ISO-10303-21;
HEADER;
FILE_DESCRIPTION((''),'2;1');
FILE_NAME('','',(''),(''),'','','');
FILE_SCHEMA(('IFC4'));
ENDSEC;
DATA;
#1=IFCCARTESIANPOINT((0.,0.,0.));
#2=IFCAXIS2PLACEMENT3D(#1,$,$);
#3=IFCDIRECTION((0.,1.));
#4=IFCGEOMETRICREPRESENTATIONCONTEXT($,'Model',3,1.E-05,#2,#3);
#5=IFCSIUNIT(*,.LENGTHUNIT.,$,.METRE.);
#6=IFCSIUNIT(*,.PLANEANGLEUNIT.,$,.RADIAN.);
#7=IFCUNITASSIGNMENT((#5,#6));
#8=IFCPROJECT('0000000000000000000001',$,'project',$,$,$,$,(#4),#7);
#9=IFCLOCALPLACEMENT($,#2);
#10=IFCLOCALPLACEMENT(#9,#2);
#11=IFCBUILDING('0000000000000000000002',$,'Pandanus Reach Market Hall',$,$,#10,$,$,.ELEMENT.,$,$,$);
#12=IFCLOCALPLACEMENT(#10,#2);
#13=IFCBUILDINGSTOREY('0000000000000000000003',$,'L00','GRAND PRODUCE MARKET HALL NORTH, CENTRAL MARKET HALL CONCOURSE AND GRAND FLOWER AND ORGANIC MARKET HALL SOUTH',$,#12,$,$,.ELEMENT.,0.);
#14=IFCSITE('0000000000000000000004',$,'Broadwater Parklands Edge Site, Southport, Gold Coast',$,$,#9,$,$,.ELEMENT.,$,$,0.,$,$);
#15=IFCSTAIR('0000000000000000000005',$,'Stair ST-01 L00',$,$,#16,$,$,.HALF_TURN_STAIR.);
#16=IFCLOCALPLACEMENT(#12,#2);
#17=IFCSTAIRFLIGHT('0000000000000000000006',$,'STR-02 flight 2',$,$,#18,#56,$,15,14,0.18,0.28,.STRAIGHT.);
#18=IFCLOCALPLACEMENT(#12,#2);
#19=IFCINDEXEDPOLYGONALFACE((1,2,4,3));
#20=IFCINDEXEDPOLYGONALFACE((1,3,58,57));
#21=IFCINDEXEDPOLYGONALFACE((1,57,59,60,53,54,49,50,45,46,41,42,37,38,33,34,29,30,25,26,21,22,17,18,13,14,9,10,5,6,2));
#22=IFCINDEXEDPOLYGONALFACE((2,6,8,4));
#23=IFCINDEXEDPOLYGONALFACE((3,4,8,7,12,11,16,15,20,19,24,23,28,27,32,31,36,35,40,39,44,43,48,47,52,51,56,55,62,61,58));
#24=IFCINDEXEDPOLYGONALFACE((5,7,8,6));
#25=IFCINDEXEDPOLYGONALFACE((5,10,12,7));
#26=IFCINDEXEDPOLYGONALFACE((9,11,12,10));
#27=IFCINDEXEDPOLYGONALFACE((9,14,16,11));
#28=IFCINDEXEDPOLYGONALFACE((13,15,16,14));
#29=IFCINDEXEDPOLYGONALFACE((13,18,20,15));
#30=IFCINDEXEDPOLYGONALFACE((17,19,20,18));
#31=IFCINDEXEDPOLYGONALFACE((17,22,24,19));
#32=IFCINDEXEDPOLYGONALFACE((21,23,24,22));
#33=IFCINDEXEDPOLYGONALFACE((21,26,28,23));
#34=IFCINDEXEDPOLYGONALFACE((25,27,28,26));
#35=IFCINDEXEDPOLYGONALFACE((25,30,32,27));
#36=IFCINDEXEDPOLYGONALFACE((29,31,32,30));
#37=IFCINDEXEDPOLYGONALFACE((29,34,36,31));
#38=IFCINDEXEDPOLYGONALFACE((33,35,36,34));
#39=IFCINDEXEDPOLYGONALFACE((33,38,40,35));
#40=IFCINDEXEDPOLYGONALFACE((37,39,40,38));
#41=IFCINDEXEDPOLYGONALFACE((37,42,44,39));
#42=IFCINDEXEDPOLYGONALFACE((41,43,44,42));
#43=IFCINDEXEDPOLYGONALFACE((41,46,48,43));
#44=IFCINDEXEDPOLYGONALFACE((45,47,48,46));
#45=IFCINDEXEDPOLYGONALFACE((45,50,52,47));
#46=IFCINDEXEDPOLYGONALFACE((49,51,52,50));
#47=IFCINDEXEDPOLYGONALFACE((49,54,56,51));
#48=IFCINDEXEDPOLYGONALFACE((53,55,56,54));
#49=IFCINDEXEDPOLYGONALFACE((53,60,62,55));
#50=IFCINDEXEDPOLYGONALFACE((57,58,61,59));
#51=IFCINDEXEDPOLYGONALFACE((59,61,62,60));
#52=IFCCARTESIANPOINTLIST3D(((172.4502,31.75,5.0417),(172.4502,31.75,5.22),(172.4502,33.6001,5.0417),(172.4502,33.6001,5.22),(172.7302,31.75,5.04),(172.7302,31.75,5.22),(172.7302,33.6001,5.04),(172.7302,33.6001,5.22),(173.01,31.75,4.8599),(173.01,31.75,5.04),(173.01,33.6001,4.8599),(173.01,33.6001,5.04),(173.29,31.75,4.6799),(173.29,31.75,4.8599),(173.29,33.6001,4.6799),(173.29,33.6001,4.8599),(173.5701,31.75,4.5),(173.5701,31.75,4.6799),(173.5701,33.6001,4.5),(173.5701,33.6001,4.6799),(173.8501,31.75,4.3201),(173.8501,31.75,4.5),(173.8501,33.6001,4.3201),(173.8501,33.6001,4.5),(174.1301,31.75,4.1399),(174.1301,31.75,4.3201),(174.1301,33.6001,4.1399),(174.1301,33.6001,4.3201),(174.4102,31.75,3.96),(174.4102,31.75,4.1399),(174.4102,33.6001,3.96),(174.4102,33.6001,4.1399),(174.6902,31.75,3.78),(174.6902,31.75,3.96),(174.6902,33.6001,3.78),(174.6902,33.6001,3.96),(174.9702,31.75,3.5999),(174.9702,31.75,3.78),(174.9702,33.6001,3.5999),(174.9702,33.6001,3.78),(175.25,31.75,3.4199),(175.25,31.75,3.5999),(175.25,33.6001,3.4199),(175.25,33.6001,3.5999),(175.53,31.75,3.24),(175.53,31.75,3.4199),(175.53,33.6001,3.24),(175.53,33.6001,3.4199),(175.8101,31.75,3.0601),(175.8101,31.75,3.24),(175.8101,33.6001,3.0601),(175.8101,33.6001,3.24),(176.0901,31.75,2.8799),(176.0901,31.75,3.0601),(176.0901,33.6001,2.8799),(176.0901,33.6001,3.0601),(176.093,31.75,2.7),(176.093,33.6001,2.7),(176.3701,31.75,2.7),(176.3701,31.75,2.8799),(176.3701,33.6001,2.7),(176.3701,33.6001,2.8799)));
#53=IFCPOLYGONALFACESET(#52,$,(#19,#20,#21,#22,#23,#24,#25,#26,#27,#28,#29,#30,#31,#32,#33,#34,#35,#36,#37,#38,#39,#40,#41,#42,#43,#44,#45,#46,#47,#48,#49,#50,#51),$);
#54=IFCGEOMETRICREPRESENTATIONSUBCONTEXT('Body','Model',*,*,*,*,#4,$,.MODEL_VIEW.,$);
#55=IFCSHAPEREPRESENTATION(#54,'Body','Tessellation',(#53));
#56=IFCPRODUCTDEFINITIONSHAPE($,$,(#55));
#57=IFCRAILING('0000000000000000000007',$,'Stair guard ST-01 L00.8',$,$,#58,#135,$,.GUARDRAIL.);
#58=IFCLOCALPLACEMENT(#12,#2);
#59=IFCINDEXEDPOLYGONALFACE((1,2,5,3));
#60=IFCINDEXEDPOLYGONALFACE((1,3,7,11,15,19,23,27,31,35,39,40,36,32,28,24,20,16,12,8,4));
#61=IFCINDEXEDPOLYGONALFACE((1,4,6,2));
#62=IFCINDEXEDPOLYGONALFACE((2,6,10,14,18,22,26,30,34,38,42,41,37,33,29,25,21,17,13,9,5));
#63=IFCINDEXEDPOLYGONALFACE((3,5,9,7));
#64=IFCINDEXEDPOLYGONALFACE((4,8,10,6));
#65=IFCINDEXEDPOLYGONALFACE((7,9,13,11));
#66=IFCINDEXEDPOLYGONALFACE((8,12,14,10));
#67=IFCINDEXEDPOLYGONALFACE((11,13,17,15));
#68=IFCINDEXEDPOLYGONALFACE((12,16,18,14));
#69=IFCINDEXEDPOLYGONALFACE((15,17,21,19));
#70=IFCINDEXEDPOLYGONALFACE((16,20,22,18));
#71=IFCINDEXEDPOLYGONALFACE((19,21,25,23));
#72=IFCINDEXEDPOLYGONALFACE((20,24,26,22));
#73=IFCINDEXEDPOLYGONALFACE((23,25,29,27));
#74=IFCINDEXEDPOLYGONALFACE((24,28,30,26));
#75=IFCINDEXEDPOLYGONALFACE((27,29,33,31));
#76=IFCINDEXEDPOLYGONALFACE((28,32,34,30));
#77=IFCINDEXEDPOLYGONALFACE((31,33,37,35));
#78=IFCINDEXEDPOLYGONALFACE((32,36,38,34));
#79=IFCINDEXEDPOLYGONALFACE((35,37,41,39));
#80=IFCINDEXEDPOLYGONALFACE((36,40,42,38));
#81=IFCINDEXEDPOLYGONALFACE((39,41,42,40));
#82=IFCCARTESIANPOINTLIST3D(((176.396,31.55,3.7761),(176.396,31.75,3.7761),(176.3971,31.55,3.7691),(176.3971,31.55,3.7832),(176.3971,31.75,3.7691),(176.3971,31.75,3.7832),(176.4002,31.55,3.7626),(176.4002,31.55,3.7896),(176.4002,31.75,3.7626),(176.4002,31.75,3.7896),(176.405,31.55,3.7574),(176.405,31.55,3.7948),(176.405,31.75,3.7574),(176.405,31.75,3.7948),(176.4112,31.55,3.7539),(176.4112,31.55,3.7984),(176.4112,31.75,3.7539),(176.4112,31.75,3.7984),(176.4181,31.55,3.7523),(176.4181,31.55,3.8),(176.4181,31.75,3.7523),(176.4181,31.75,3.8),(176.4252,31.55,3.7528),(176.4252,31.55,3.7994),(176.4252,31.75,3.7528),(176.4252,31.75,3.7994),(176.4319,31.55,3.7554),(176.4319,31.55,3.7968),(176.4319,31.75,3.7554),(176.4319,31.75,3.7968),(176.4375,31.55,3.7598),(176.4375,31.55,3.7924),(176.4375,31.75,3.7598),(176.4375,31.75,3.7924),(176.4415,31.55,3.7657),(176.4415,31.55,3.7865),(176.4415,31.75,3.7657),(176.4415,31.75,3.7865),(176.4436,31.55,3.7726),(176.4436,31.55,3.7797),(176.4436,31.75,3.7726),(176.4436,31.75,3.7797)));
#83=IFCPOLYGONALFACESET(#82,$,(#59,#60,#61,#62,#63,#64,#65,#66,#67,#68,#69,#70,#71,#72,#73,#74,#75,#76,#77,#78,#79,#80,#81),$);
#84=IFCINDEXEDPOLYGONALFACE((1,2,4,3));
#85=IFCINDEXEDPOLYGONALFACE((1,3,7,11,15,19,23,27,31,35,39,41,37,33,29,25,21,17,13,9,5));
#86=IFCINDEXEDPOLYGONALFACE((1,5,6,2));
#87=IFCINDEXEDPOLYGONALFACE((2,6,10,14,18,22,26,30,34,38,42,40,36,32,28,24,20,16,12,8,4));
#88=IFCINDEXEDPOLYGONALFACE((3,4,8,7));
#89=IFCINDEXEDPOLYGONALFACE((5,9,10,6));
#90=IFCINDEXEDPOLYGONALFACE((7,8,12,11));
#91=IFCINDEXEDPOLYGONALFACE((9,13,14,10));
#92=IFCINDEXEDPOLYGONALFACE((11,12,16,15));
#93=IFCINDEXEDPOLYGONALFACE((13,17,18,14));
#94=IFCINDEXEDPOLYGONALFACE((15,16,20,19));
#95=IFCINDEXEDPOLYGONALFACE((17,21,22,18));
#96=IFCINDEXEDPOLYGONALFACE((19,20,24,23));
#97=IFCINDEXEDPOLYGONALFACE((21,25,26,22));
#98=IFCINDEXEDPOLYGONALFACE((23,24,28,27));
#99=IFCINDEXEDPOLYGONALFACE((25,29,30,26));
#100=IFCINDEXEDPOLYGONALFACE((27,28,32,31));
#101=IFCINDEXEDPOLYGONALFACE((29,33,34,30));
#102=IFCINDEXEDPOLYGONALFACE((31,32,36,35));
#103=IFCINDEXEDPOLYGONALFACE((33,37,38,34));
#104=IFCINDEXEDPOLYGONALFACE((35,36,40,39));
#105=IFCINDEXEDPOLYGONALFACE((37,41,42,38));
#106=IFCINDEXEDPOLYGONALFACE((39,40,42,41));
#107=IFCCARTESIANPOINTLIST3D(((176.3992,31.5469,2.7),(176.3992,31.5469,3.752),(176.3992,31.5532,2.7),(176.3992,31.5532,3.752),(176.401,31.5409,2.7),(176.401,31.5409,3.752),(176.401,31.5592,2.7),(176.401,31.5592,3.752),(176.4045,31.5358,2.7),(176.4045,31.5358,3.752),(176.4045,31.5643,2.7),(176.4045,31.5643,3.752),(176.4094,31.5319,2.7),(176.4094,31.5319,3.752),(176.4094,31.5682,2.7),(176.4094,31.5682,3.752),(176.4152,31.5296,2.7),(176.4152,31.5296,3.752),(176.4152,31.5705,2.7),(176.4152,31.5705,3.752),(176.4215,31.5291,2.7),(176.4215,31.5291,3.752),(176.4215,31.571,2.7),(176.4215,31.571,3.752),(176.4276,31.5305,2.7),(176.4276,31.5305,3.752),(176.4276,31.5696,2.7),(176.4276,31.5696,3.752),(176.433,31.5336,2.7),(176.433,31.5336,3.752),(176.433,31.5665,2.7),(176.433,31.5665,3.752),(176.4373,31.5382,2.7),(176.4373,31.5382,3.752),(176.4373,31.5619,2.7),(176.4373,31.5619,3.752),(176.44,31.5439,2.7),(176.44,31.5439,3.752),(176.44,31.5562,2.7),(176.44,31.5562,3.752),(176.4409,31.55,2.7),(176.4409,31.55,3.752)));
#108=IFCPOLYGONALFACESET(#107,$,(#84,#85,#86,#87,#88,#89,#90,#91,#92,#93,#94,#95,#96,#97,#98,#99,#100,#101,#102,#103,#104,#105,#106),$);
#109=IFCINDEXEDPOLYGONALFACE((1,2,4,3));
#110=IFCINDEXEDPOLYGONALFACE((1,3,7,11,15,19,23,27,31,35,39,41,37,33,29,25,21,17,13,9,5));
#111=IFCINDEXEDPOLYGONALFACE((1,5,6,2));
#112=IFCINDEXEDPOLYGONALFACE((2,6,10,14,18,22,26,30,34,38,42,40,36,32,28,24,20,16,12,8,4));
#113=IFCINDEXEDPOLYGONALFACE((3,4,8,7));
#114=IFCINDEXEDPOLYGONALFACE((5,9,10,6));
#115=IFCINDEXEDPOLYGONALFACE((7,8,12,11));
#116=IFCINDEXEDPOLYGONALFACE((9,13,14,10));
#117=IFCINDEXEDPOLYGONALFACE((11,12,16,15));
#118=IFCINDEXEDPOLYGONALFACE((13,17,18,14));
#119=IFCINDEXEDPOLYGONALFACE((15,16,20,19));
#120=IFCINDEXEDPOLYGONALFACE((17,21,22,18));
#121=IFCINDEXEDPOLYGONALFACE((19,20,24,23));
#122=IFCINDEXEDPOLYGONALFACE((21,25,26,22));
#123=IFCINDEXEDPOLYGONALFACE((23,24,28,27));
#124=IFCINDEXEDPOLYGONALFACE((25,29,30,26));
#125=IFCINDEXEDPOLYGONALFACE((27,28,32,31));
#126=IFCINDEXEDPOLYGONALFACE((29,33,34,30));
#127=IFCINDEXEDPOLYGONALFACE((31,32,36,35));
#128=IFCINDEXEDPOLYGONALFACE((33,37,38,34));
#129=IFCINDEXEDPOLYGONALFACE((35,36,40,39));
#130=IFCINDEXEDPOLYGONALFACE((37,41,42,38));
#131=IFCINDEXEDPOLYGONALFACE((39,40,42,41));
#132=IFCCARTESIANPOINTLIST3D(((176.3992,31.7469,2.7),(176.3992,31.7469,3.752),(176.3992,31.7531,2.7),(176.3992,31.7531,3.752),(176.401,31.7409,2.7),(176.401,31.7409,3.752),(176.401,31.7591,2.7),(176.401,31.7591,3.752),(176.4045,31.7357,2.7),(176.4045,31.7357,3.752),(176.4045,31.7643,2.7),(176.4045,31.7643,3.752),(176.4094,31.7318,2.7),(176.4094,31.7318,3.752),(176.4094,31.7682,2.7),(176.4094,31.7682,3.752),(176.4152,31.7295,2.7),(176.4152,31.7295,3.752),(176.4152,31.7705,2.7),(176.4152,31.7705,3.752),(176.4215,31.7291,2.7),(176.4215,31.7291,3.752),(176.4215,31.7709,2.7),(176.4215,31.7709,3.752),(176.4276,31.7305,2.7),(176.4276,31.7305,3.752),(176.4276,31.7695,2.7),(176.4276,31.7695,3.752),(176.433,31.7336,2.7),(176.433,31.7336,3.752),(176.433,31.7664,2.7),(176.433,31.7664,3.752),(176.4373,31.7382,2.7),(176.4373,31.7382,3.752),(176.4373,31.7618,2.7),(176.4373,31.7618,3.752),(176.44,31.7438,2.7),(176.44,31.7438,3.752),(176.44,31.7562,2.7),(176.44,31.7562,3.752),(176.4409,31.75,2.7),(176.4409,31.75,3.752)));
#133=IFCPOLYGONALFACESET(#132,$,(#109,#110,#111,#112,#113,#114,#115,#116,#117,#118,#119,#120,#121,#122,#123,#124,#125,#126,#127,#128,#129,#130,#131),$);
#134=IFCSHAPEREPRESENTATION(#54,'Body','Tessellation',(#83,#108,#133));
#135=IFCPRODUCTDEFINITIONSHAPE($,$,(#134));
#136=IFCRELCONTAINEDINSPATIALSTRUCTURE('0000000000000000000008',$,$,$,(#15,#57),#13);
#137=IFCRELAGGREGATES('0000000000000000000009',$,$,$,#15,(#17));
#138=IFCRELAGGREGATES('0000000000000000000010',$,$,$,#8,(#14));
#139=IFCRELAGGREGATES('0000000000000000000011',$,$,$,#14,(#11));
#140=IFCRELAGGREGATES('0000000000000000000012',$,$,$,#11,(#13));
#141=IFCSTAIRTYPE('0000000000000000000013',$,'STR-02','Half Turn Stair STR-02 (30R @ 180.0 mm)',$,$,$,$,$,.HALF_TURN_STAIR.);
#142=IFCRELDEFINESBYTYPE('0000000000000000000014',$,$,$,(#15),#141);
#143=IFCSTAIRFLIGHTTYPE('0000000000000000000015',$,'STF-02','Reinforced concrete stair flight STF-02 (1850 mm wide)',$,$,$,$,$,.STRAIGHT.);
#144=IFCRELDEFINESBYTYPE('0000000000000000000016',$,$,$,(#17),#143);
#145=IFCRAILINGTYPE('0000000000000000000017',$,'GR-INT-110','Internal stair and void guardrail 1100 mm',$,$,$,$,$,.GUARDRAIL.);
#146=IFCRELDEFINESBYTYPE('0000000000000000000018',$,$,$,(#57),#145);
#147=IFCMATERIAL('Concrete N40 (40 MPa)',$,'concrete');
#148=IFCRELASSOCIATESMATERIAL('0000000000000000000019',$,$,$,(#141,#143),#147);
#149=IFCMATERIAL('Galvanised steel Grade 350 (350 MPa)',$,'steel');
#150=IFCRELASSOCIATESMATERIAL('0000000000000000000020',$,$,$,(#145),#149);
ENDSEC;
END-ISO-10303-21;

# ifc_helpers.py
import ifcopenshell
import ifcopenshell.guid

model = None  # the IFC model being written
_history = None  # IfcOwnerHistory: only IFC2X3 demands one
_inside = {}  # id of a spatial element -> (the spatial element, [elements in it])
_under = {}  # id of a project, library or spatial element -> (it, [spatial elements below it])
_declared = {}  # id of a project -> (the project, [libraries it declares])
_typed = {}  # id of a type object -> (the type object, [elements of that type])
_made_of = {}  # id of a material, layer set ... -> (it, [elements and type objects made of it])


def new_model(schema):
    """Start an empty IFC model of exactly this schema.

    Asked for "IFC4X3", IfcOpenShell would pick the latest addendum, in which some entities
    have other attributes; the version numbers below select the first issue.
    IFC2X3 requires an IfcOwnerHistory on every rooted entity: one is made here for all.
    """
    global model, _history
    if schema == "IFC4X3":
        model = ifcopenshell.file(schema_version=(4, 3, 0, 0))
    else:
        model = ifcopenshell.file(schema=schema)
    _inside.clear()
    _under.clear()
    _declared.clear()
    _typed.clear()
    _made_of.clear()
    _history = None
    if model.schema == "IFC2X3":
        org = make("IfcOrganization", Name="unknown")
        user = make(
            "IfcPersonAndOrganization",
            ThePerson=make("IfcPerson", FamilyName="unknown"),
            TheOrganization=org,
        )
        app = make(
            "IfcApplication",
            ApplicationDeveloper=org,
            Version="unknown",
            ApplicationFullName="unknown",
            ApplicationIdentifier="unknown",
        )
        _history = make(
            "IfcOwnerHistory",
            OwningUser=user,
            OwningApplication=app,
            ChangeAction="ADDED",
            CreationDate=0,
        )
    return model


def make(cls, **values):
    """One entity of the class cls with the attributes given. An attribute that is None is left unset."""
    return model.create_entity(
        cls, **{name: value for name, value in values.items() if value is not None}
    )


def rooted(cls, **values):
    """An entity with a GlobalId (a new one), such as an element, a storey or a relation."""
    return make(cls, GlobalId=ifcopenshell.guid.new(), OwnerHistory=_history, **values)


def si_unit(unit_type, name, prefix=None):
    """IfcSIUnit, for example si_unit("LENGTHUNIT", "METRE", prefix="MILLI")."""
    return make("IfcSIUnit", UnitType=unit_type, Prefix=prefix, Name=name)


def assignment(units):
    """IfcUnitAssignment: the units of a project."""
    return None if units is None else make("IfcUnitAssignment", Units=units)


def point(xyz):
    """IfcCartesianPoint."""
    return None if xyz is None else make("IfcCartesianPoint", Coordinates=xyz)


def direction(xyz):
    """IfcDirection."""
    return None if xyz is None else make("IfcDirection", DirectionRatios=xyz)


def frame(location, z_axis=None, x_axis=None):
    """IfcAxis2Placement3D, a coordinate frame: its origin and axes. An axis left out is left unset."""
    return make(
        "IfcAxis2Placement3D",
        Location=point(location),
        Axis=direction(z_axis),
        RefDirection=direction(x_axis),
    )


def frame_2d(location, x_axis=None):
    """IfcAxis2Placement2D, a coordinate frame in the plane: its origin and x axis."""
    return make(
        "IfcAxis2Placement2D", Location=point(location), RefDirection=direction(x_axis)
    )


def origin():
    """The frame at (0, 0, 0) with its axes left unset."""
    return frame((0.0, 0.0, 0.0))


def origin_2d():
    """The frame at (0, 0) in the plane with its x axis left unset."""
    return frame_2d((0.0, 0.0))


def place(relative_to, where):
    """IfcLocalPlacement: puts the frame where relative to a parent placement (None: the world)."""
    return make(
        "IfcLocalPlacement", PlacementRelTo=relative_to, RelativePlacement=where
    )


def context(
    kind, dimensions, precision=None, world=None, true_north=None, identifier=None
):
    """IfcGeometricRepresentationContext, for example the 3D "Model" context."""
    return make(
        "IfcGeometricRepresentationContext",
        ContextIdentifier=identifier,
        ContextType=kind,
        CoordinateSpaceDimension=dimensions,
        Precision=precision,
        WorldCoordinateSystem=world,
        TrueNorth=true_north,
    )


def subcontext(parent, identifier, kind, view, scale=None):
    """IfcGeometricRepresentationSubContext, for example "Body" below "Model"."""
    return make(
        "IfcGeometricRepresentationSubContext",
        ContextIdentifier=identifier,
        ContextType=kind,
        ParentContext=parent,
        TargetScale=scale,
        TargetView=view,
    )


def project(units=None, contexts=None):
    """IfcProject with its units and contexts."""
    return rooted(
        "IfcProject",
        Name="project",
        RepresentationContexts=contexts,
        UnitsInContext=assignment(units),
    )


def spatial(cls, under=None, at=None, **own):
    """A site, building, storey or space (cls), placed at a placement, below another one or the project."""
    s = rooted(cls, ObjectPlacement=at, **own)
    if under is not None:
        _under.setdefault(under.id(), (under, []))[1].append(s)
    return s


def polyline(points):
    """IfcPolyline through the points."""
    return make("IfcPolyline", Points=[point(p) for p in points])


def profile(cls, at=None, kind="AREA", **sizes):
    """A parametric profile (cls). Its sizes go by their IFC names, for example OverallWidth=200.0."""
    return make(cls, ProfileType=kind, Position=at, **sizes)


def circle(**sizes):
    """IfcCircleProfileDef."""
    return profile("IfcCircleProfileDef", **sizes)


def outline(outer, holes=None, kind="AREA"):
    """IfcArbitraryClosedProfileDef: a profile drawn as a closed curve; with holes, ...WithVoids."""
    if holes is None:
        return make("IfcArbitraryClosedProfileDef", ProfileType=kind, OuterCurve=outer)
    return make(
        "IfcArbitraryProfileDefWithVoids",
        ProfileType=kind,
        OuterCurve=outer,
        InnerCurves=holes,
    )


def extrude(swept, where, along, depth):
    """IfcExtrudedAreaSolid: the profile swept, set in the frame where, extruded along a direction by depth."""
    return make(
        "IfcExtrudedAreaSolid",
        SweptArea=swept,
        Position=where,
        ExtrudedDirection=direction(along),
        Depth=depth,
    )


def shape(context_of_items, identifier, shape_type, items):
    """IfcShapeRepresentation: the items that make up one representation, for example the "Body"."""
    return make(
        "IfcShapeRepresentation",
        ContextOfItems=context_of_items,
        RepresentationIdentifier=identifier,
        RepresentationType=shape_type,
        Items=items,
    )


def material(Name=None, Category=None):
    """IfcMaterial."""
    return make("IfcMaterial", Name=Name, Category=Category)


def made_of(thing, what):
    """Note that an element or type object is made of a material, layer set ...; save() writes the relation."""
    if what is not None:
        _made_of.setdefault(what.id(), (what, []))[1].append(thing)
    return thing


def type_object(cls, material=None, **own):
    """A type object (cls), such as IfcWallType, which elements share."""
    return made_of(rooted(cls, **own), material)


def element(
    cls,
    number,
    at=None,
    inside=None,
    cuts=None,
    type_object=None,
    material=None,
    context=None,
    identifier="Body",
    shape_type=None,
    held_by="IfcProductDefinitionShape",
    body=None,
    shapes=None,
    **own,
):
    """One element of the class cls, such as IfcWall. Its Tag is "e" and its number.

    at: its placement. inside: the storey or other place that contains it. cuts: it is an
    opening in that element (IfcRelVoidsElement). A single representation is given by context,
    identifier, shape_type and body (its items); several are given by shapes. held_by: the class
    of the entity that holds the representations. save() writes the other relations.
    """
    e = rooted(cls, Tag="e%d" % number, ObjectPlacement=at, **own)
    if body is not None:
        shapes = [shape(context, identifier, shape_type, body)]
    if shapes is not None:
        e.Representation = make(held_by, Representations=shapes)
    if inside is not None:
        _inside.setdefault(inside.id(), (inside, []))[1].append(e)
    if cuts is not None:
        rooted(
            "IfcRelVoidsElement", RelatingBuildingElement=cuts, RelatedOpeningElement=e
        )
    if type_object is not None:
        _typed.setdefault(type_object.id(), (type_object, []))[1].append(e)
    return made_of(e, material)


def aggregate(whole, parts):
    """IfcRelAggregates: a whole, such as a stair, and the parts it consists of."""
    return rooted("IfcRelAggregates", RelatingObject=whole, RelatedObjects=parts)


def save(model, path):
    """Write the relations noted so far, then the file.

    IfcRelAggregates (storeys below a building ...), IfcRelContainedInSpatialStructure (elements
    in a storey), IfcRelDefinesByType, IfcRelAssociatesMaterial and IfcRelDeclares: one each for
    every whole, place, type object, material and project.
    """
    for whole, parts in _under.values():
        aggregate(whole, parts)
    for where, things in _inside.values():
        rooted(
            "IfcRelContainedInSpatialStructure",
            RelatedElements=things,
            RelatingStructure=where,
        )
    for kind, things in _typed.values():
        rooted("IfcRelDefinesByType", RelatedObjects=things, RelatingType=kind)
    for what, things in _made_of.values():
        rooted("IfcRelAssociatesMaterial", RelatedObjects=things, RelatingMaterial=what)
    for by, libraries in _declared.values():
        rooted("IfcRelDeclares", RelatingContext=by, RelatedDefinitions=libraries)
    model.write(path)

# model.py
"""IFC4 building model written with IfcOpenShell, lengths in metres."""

from ifc_helpers import new_model, si_unit, direction, frame, origin, origin_2d, place, context, subcontext, project, spatial, polyline, circle, outline, extrude, material, type_object, element, aggregate, save


model = new_model("IFC4")

# Units and contexts
model_context = context("Model", 3, precision=1e-05, world=origin(), true_north=direction((0.0, 1.0)))
body_context = subcontext(model_context, "Body", "Model", "MODEL_VIEW")
ifc_project = project(units=[si_unit("LENGTHUNIT", "METRE"), si_unit("PLANEANGLEUNIT", "RADIAN")], contexts=[model_context])

# Site, building, storey
site_placement = place(None, origin())
site = spatial("IfcSite", under=ifc_project, at=site_placement, Name="Broadwater Parklands Edge Site, Southport, Gold Coast", CompositionType="ELEMENT", RefElevation=0.0)
building_placement = place(site_placement, origin())
building = spatial("IfcBuilding", under=site, at=building_placement, Name="Pandanus Reach Market Hall", CompositionType="ELEMENT")
storey_placement = place(building_placement, origin())
storey = spatial("IfcBuildingStorey", under=building, at=storey_placement, Name="L00", Description="GRAND PRODUCE MARKET HALL NORTH, CENTRAL MARKET HALL CONCOURSE AND GRAND FLOWER AND ORGANIC MARKET HALL SOUTH", CompositionType="ELEMENT", Elevation=0.0)

# Shared definitions
ifc_material_1 = material(Name="Concrete N40 (40 MPa)", Category="concrete")

# Stair, stair flight
stair_type = type_object("IfcStairType", Name="STR-02", Description="Half Turn Stair STR-02 (30R @ 180.0 mm)", PredefinedType="HALF_TURN_STAIR", material=ifc_material_1)
stair_placement = place(storey_placement, origin())
stair = element("IfcStair", 1, at=stair_placement, inside=storey, type_object=stair_type, Name="Stair ST-01 L00", PredefinedType="HALF_TURN_STAIR")
stair_flight_type = type_object("IfcStairFlightType", Name="STF-02", Description="Reinforced concrete stair flight STF-02 (1850 mm wide)", PredefinedType="STRAIGHT", material=ifc_material_1)
stair_flight_placement = place(storey_placement, frame((176.3701, 32.675, 2.7), z_axis=(0.0, 0.0, 1.0), x_axis=(-1.0, 0.0, 0.0)))
stair_flight = element("IfcStairFlight", 2, at=stair_flight_placement, type_object=stair_flight_type, Name="STR-02 flight 2", NumberOfRisers=15, NumberOfTreads=14, PredefinedType="STRAIGHT", RiserHeight=0.18, TreadLength=0.28, context=body_context, shape_type="SweptSolid", body=[
    extrude(outline(polyline([(0.0, 0.0), (0.0, 0.1799), (0.28, 0.1799), (0.28, 0.3601), (0.5601, 0.3601), (0.5601, 0.54), (0.8401, 0.54), (0.8401, 0.72), (1.1201, 0.72), (1.1201, 0.8999), (1.3999, 0.8999), (1.3999, 1.0801), (1.6799, 1.0801), (1.6799, 1.26), (1.96, 1.26), (1.96, 1.4399), (2.24, 1.4399), (2.24, 1.6201), (2.52, 1.6201), (2.52, 1.8), (2.8, 1.8), (2.8, 1.98), (3.0801, 1.98), (3.0801, 2.1599), (3.3601, 2.1599), (3.3601, 2.3401), (3.6399, 2.3401), (3.6399, 2.52), (3.9199, 2.52), (3.9199, 2.7), (3.9199, 2.3418), (0.2771, 0.0), (0.0, 0.0)])), frame((0.0, 0.925, 0.0), z_axis=(0.0, -1.0, 0.0), x_axis=(1.0, 0.0, 0.0)), (0.0, 0.0, 1.0), 1.8501),
])
aggregate(stair, [stair_flight])

# Railing
ifc_material_2 = material(Name="Galvanised steel Grade 350 (350 MPa)", Category="steel")
railing_type_1 = type_object("IfcRailingType", Name="GR-INT-110", Description="Internal stair and void guardrail 1100 mm", PredefinedType="GUARDRAIL", material=ifc_material_2)
railing_1_placement = place(storey_placement, frame((176.4199, 31.55, 2.7)))
element("IfcRailing", 3, at=railing_1_placement, inside=storey, type_object=railing_type_1, Name="Stair guard ST-01 L00.8", PredefinedType="GUARDRAIL", context=body_context, shape_type="SweptSolid", body=[
    extrude(circle(Radius=0.0239, at=origin_2d()), frame((0.0, 0.0, 1.0762), z_axis=(0.0, 1.0, 0.0), x_axis=(-1.0, 0.0, 0.0)), (0.0, 0.0, 1.0), 0.2),
    extrude(circle(Radius=0.021, at=origin_2d()), origin(), (0.0, 0.0, 1.0), 1.052),
    extrude(circle(Radius=0.021, at=origin_2d()), frame((0.0, 0.2, 0.0)), (0.0, 0.0, 1.0), 1.052),
])

save(model, "model.ifc")
